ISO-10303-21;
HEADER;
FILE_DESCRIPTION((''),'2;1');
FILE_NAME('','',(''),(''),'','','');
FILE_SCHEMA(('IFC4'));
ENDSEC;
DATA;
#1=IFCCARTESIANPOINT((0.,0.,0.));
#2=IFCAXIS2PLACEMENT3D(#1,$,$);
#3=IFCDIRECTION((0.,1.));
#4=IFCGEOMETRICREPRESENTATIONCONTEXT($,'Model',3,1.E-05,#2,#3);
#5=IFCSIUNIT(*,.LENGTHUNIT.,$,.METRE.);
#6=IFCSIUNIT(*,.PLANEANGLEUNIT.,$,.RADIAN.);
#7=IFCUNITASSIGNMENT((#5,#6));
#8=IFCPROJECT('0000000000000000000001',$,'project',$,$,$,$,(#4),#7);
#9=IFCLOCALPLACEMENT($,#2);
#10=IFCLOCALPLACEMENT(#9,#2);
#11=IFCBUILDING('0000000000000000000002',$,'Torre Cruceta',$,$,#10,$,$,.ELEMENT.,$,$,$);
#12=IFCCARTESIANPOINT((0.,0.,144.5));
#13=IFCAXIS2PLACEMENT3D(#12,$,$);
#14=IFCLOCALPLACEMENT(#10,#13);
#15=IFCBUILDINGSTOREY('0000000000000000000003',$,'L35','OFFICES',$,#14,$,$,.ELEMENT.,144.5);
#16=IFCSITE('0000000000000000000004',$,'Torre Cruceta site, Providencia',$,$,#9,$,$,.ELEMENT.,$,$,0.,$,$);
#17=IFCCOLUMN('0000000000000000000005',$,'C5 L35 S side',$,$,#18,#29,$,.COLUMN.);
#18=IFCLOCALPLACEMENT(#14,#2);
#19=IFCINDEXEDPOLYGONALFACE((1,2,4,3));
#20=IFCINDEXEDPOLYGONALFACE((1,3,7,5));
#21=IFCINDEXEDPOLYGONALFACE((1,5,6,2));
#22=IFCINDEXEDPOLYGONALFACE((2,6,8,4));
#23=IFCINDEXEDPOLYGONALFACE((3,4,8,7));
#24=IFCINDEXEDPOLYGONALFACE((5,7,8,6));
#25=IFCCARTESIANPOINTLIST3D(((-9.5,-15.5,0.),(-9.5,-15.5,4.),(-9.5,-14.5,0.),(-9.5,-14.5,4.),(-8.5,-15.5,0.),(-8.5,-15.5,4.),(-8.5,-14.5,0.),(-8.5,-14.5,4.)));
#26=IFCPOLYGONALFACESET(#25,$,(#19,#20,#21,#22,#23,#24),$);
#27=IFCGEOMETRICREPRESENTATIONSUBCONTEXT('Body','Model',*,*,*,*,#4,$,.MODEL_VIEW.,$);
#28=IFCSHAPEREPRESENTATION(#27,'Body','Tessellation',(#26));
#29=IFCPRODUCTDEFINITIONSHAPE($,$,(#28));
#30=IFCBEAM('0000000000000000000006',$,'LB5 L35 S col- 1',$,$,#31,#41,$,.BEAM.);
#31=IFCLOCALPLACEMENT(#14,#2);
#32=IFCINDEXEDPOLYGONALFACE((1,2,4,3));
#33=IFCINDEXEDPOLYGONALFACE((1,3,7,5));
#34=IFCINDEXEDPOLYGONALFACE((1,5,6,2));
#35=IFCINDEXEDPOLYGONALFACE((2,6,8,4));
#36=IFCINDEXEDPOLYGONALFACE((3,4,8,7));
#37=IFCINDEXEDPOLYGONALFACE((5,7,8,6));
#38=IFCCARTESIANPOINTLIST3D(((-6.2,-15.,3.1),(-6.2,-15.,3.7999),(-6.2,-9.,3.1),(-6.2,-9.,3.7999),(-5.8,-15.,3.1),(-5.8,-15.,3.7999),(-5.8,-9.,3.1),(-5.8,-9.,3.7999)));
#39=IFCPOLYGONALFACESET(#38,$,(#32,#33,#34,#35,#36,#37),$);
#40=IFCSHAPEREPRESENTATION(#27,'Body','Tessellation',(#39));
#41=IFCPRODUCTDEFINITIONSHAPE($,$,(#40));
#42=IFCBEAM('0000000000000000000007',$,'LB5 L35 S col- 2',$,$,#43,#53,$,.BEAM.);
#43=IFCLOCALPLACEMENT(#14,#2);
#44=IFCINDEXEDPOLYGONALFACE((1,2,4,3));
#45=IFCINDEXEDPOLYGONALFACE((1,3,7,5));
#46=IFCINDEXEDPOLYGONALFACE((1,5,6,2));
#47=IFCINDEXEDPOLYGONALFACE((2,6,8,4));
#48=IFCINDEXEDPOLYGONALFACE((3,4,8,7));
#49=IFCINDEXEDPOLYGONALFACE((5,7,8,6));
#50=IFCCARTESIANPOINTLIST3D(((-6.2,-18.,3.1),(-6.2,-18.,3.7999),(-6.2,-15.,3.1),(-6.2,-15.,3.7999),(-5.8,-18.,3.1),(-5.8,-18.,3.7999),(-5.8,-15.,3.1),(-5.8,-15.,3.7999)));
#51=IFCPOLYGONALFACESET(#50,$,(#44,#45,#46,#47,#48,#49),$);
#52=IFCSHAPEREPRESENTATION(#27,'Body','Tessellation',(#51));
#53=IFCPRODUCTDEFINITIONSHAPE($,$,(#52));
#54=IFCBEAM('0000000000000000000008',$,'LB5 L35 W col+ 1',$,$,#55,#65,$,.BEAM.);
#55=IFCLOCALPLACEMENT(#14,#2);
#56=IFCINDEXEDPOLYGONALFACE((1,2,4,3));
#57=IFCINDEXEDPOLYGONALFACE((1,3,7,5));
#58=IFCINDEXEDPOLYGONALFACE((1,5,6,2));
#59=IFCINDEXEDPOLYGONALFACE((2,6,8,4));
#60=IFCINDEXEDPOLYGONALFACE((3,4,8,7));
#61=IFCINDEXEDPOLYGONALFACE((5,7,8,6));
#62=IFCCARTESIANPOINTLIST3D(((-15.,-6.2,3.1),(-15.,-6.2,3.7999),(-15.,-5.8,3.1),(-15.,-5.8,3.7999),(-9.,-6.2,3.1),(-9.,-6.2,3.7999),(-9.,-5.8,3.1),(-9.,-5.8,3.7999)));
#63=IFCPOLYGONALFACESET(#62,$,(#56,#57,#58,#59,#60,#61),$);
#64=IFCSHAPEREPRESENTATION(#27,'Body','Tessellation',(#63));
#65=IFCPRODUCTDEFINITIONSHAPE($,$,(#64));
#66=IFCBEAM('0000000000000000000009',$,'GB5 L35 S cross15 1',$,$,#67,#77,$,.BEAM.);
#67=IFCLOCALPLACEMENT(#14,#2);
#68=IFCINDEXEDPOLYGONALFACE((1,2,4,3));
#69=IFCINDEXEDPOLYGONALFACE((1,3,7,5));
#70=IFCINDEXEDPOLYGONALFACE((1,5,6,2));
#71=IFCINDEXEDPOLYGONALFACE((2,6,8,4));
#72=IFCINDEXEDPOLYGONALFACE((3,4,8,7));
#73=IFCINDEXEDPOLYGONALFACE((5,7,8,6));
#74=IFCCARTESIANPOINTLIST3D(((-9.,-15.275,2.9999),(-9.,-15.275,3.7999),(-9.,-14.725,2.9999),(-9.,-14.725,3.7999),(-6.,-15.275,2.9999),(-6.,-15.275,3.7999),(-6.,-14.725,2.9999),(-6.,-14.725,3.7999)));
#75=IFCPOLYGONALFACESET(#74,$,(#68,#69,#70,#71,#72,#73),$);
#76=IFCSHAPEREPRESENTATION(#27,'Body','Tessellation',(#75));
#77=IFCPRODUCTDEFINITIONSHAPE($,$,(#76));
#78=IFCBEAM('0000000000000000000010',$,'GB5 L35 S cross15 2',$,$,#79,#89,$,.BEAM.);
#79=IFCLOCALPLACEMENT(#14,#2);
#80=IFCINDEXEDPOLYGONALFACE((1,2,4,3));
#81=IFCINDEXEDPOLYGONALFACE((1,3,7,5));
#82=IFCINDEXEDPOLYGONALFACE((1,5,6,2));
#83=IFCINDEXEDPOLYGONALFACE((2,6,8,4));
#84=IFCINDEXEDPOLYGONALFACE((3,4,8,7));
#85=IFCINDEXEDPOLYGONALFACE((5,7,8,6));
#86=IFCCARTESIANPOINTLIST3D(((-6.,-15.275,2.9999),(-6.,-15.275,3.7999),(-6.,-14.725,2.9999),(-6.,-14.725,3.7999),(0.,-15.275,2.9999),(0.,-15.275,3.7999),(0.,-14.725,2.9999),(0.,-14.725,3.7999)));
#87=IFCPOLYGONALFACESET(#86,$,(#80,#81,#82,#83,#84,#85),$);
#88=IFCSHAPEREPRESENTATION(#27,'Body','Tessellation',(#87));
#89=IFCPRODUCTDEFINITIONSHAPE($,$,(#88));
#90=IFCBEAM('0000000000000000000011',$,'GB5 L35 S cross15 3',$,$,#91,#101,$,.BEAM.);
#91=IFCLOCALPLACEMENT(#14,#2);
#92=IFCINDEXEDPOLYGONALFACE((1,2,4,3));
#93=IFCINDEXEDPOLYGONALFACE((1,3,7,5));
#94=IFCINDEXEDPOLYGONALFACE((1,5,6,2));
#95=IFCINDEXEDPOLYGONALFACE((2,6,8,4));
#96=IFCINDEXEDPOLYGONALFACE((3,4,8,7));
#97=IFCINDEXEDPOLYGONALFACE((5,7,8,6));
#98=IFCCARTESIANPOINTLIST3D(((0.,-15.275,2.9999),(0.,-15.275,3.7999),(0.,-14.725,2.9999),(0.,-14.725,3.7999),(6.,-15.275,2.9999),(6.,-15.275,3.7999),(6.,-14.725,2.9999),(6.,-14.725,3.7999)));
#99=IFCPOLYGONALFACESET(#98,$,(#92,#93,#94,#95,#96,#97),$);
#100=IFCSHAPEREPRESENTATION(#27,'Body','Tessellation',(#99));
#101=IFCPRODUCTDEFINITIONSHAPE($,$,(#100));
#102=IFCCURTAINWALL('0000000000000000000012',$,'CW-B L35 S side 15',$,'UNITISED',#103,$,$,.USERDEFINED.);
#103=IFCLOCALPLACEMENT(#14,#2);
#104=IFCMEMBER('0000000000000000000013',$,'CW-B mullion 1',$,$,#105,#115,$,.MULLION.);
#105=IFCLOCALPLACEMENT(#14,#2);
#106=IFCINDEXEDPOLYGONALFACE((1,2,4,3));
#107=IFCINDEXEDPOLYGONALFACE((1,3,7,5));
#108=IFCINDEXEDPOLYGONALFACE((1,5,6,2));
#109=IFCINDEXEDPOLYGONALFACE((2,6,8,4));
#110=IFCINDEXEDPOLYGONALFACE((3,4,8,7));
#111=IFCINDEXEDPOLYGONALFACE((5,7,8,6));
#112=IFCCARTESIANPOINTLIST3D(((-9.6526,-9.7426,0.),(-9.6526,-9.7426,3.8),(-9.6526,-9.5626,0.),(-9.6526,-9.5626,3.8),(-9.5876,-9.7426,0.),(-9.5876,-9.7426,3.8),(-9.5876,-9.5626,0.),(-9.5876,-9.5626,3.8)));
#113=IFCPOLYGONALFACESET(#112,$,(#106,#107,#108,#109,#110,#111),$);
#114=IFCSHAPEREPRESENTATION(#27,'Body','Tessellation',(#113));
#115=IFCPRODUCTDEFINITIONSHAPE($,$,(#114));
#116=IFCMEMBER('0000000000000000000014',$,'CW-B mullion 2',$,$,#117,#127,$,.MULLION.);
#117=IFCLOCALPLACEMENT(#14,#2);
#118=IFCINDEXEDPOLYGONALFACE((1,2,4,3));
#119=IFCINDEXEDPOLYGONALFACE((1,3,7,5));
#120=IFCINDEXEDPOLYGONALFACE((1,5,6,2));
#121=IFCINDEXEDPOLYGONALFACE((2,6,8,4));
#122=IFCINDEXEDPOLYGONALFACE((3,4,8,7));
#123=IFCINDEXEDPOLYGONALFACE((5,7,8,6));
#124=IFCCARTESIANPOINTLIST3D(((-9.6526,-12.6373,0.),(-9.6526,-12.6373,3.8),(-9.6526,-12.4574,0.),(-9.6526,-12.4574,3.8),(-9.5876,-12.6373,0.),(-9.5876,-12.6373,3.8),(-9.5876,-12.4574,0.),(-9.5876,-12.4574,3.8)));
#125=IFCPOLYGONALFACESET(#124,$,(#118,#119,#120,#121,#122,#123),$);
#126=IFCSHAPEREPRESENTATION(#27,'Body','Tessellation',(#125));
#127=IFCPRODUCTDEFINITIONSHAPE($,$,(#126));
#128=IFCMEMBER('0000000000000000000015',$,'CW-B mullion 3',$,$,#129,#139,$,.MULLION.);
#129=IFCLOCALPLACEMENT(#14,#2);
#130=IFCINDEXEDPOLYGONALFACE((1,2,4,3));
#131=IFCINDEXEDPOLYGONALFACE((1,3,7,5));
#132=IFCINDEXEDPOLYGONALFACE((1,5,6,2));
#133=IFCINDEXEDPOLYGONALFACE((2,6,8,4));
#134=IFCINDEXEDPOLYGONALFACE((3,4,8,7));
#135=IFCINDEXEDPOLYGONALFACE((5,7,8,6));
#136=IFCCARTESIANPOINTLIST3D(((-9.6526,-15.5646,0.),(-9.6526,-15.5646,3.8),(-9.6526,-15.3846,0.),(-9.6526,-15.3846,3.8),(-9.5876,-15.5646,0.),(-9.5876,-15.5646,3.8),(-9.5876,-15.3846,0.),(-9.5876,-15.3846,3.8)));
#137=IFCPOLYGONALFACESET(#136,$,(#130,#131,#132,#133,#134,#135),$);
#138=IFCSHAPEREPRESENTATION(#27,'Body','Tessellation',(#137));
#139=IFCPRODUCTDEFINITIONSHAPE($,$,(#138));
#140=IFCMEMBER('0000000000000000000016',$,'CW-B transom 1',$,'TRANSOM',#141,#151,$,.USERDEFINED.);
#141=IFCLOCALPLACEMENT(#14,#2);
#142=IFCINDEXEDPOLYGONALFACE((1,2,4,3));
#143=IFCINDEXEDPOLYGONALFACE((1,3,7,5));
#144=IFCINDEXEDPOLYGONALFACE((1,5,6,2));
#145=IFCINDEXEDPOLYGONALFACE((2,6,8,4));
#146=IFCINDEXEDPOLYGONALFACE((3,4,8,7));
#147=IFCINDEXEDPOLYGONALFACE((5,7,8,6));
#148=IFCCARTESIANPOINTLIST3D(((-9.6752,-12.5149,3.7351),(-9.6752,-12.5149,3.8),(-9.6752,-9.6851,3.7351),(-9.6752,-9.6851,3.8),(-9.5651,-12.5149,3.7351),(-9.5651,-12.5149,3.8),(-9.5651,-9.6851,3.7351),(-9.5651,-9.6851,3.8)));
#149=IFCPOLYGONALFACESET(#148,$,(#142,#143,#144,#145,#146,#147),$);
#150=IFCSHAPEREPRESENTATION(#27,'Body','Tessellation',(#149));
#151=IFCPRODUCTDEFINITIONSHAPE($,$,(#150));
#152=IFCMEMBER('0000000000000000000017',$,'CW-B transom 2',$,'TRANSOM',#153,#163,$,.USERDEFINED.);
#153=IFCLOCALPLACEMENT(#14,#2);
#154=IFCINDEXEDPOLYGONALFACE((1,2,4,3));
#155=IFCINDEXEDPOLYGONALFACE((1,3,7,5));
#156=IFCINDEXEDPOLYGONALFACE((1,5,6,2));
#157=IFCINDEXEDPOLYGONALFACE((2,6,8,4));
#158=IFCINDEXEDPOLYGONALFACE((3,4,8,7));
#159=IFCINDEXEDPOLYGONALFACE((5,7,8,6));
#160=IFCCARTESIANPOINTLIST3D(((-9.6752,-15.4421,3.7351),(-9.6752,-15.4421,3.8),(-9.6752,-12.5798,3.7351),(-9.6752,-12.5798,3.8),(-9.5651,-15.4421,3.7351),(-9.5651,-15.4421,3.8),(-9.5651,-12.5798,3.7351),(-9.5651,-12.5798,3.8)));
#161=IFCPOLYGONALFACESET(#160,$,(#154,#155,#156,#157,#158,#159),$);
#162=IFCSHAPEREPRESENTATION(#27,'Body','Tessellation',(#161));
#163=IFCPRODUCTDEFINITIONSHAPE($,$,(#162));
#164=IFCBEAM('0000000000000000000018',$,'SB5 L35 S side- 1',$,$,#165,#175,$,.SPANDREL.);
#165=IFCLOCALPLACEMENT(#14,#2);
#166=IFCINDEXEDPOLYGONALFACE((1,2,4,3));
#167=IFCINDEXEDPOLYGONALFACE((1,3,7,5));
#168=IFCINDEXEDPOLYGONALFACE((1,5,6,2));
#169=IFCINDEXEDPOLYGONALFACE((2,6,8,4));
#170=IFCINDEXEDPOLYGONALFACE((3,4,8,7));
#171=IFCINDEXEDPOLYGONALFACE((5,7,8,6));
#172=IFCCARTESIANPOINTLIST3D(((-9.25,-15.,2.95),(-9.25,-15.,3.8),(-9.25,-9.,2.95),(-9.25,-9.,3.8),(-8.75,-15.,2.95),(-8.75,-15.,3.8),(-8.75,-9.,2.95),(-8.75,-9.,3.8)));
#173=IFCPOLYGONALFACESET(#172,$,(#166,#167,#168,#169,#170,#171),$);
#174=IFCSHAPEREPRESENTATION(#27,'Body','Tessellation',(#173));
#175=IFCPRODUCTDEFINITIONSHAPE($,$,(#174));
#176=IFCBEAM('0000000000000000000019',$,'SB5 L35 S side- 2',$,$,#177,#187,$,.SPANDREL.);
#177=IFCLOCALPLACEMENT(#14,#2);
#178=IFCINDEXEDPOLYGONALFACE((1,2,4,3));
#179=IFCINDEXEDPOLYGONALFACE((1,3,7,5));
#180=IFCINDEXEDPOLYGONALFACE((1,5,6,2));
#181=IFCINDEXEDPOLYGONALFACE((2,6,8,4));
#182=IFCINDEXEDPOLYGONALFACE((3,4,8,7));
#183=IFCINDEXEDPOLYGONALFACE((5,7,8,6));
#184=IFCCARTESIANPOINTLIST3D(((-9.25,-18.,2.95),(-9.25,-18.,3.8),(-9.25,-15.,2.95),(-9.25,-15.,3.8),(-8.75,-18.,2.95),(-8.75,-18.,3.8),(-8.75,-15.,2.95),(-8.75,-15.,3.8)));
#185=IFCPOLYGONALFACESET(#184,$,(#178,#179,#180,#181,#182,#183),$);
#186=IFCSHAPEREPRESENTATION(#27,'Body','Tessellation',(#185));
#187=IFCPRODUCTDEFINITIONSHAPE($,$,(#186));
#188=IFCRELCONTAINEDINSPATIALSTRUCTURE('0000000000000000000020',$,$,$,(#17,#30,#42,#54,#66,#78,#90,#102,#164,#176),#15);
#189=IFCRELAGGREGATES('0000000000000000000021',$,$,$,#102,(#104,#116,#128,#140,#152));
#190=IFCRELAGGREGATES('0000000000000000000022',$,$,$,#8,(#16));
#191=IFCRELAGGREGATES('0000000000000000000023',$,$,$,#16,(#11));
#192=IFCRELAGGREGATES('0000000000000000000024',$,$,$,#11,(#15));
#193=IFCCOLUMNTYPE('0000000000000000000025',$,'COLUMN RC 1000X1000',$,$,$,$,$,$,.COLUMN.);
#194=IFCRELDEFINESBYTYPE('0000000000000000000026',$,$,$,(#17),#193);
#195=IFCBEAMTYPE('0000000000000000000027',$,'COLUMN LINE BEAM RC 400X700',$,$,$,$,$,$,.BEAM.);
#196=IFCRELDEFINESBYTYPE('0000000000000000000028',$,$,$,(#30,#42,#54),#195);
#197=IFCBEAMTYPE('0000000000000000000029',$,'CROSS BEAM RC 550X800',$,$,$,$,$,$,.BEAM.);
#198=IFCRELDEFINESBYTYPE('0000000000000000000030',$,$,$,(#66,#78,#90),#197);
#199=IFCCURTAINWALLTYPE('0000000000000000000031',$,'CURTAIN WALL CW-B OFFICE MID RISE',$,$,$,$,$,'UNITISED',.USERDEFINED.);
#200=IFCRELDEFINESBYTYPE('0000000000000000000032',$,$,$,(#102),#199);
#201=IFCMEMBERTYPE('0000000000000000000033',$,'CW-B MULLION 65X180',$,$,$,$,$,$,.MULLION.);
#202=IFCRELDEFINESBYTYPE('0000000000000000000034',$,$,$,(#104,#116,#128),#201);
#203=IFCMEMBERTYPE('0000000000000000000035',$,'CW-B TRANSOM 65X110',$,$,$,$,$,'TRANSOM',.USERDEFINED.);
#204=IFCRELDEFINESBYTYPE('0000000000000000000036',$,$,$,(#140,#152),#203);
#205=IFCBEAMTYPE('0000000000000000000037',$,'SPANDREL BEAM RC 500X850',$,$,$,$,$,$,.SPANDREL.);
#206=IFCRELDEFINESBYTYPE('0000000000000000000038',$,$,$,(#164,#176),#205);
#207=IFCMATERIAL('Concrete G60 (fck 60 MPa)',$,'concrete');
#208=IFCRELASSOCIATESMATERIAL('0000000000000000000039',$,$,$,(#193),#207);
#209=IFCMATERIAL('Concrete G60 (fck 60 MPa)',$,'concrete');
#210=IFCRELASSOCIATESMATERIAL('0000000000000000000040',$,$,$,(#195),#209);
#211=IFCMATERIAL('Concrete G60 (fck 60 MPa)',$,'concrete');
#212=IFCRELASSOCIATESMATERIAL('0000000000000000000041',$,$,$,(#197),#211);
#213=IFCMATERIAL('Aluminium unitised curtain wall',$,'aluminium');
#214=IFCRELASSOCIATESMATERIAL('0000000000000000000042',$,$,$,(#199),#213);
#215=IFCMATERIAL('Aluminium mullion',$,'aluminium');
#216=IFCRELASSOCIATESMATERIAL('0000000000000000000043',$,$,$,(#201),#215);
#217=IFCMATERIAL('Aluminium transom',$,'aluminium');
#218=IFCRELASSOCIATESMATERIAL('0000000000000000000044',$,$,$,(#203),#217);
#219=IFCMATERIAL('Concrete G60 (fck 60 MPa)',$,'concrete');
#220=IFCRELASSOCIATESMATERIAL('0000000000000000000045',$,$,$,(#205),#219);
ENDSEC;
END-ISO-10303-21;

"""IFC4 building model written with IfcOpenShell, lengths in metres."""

from ifc_helpers import new_model, si_unit, direction, frame, origin, origin_2d, place, context, subcontext, project, spatial, rectangle, extrude, material, material_profile, profile_set, type_object, element, aggregate, save


model = new_model("IFC4")

# Units and contexts
model_context = context("Model", 3, precision=1e-05, world=origin(), true_north=direction((0.0, 1.0)))
body_context = subcontext(model_context, "Body", "Model", "MODEL_VIEW")
ifc_project = project(units=[si_unit("LENGTHUNIT", "METRE"), si_unit("PLANEANGLEUNIT", "RADIAN")], contexts=[model_context])

# Site, building, storey
site_placement = place(None, origin())
site = spatial("IfcSite", under=ifc_project, at=site_placement, Name="Torre Cruceta site, Providencia", CompositionType="ELEMENT", RefElevation=0.0)
building_placement = place(site_placement, origin())
building = spatial("IfcBuilding", under=site, at=building_placement, Name="Torre Cruceta", CompositionType="ELEMENT")
storey_placement = place(building_placement, frame((0.0, 0.0, 144.5)))
storey = spatial("IfcBuildingStorey", under=building, at=storey_placement, Name="L35", Description="OFFICES", CompositionType="ELEMENT", Elevation=144.5)

# Column
ifc_material_1 = material(Name="Concrete G60 (fck 60 MPa)", Category="concrete")
ifc_material_profile_1 = material_profile(ifc_material_1, rectangle(XDim=1.0, YDim=1.0, at=origin_2d()), Name="RC 1000X1000")
ifc_profile_set_1 = profile_set([ifc_material_profile_1], Name="Concrete G60 (fck 60 MPa)")
column_type = type_object("IfcColumnType", Name="COLUMN RC 1000X1000", PredefinedType="COLUMN", material=ifc_profile_set_1)
column_placement = place(storey_placement, frame((-9.0, -15.0, 0.0), z_axis=(0.0, 0.0, 1.0), x_axis=(1.0, 0.0, 0.0)))
element("IfcColumn", 1, at=column_placement, inside=storey, type_object=column_type, Name="C5 L35 S side", PredefinedType="COLUMN", context=body_context, shape_type="SweptSolid", body=[
    extrude(rectangle(XDim=1.0, YDim=1.0, at=origin_2d()), origin(), (0.0, 0.0, 1.0), 4.0),
])

# Beams
ifc_material_2 = material(Name="Concrete G60 (fck 60 MPa)", Category="concrete")
ifc_material_profile_2 = material_profile(ifc_material_2, rectangle(XDim=0.3999, YDim=0.7, at=origin_2d()), Name="RC 400X700")
ifc_profile_set_2 = profile_set([ifc_material_profile_2], Name="Concrete G60 (fck 60 MPa)")
beam_type_1 = type_object("IfcBeamType", Name="COLUMN LINE BEAM RC 400X700", PredefinedType="BEAM", material=ifc_profile_set_2)
beam_1_placement = place(storey_placement, frame((-6.0, -9.0, 3.45), z_axis=(0.0, -1.0, 0.0), x_axis=(1.0, 0.0, 0.0)))
element("IfcBeam", 2, at=beam_1_placement, inside=storey, type_object=beam_type_1, Name="LB5 L35 S col- 1", PredefinedType="BEAM", context=body_context, shape_type="SweptSolid", body=[
    extrude(rectangle(XDim=0.3999, YDim=0.7, at=origin_2d()), origin(), (0.0, 0.0, 1.0), 6.0),
])
beam_2_placement = place(storey_placement, frame((-6.0, -15.0, 3.45), z_axis=(0.0, -1.0, 0.0), x_axis=(1.0, 0.0, 0.0)))
element("IfcBeam", 3, at=beam_2_placement, inside=storey, type_object=beam_type_1, Name="LB5 L35 S col- 2", PredefinedType="BEAM", context=body_context, shape_type="SweptSolid", body=[
    extrude(rectangle(XDim=0.3999, YDim=0.7, at=origin_2d()), origin(), (0.0, 0.0, 1.0), 3.0),
])
beam_3_placement = place(storey_placement, frame((-9.0, -6.0, 3.45), z_axis=(-1.0, 0.0, 0.0), x_axis=(0.0, -1.0, 0.0)))
element("IfcBeam", 4, at=beam_3_placement, inside=storey, type_object=beam_type_1, Name="LB5 L35 W col+ 1", PredefinedType="BEAM", context=body_context, shape_type="SweptSolid", body=[
    extrude(rectangle(XDim=0.3999, YDim=0.7, at=origin_2d()), origin(), (0.0, 0.0, 1.0), 6.0),
])
ifc_material_3 = material(Name="Concrete G60 (fck 60 MPa)", Category="concrete")
ifc_material_profile_3 = material_profile(ifc_material_3, rectangle(XDim=0.55, YDim=0.8, at=origin_2d()), Name="RC 550X800")
ifc_profile_set_3 = profile_set([ifc_material_profile_3], Name="Concrete G60 (fck 60 MPa)")
beam_type_2 = type_object("IfcBeamType", Name="CROSS BEAM RC 550X800", PredefinedType="BEAM", material=ifc_profile_set_3)
beam_4_placement = place(storey_placement, frame((-9.0, -15.0, 3.3999), z_axis=(1.0, 0.0, 0.0), x_axis=(0.0, 1.0, 0.0)))
element("IfcBeam", 5, at=beam_4_placement, inside=storey, type_object=beam_type_2, Name="GB5 L35 S cross15 1", PredefinedType="BEAM", context=body_context, shape_type="SweptSolid", body=[
    extrude(rectangle(XDim=0.55, YDim=0.8, at=origin_2d()), origin(), (0.0, 0.0, 1.0), 3.0),
])
for number, where, z_axis, x_axis, name in (
    (6, (-6.0, -15.0, 3.3999), (1.0, 0.0, 0.0), (0.0, 1.0, 0.0), "GB5 L35 S cross15 2"),
    (7, (0.0, -15.0, 3.3999), (1.0, 0.0, 0.0), (0.0, 1.0, 0.0), "GB5 L35 S cross15 3"),
):
    element("IfcBeam", number, at=place(storey_placement, frame(where, z_axis=z_axis, x_axis=x_axis)), inside=storey, type_object=beam_type_2, Name=name, PredefinedType="BEAM", context=body_context, shape_type="SweptSolid", body=[
        extrude(rectangle(XDim=0.55, YDim=0.8, at=origin_2d()), origin(), (0.0, 0.0, 1.0), 6.0),
    ])

# Curtain wall, members
ifc_material_4 = material(Name="Aluminium unitised curtain wall", Category="aluminium")
curtain_wall_type = type_object("IfcCurtainWallType", Name="CURTAIN WALL CW-B OFFICE MID RISE", ElementType="UNITISED", PredefinedType="USERDEFINED", material=ifc_material_4)
curtain_wall_placement = place(storey_placement, origin())
curtain_wall = element("IfcCurtainWall", 8, at=curtain_wall_placement, inside=storey, type_object=curtain_wall_type, Name="CW-B L35 S side 15", ObjectType="UNITISED", PredefinedType="USERDEFINED")
ifc_material_5 = material(Name="Aluminium mullion", Category="aluminium")
ifc_material_profile_4 = material_profile(ifc_material_5, rectangle(XDim=0.0649, YDim=0.1799, at=origin_2d()), Name="AL 65X180")
ifc_profile_set_4 = profile_set([ifc_material_profile_4], Name="Aluminium mullion")
member_type_1 = type_object("IfcMemberType", Name="CW-B MULLION 65X180", PredefinedType="MULLION", material=ifc_profile_set_4)
member_1_placement = place(storey_placement, frame((-9.6201, -9.6526, 0.0), z_axis=(0.0, 0.0, 1.0), x_axis=(1.0, 0.0, 0.0)))
member_1 = element("IfcMember", 9, at=member_1_placement, type_object=member_type_1, Name="CW-B mullion 1", PredefinedType="MULLION", context=body_context, shape_type="SweptSolid", body=[
    extrude(rectangle(XDim=0.0649, YDim=0.1799, at=origin_2d()), origin(), (0.0, 0.0, 1.0), 3.8),
])
member_2_placement = place(storey_placement, frame((-9.6201, -12.5474, 0.0), z_axis=(0.0, 0.0, 1.0), x_axis=(1.0, 0.0, 0.0)))
member_2 = element("IfcMember", 10, at=member_2_placement, type_object=member_type_1, Name="CW-B mullion 2", PredefinedType="MULLION", context=body_context, shape_type="SweptSolid", body=[
    extrude(rectangle(XDim=0.0649, YDim=0.1799, at=origin_2d()), origin(), (0.0, 0.0, 1.0), 3.8),
])
member_3_placement = place(storey_placement, frame((-9.6201, -15.4746, 0.0), z_axis=(0.0, 0.0, 1.0), x_axis=(1.0, 0.0, 0.0)))
member_3 = element("IfcMember", 11, at=member_3_placement, type_object=member_type_1, Name="CW-B mullion 3", PredefinedType="MULLION", context=body_context, shape_type="SweptSolid", body=[
    extrude(rectangle(XDim=0.0649, YDim=0.1799, at=origin_2d()), origin(), (0.0, 0.0, 1.0), 3.8),
])
ifc_material_6 = material(Name="Aluminium transom", Category="aluminium")
ifc_material_profile_5 = material_profile(ifc_material_6, rectangle(XDim=0.1101, YDim=0.0649, at=origin_2d()), Name="AL 110X65")
ifc_profile_set_5 = profile_set([ifc_material_profile_5], Name="Aluminium transom")
member_type_2 = type_object("IfcMemberType", Name="CW-B TRANSOM 65X110", ElementType="TRANSOM", PredefinedType="USERDEFINED", material=ifc_profile_set_5)
member_4_placement = place(storey_placement, frame((-9.6201, -9.6851, 3.7676), z_axis=(0.0, -1.0, 0.0), x_axis=(1.0, 0.0, 0.0)))
member_4 = element("IfcMember", 12, at=member_4_placement, type_object=member_type_2, Name="CW-B transom 1", ObjectType="TRANSOM", PredefinedType="USERDEFINED", context=body_context, shape_type="SweptSolid", body=[
    extrude(rectangle(XDim=0.1101, YDim=0.0649, at=origin_2d()), origin(), (0.0, 0.0, 1.0), 2.8298),
])
member_5_placement = place(storey_placement, frame((-9.6201, -12.5798, 3.7676), z_axis=(0.0, -1.0, 0.0), x_axis=(1.0, 0.0, 0.0)))
member_5 = element("IfcMember", 13, at=member_5_placement, type_object=member_type_2, Name="CW-B transom 2", ObjectType="TRANSOM", PredefinedType="USERDEFINED", context=body_context, shape_type="SweptSolid", body=[
    extrude(rectangle(XDim=0.1101, YDim=0.0649, at=origin_2d()), origin(), (0.0, 0.0, 1.0), 2.8623),
])

# Beams
ifc_material_7 = material(Name="Concrete G60 (fck 60 MPa)", Category="concrete")
ifc_material_profile_6 = material_profile(ifc_material_7, rectangle(XDim=0.5, YDim=0.8501, at=origin_2d()), Name="RC 500X850")
ifc_profile_set_6 = profile_set([ifc_material_profile_6], Name="Concrete G60 (fck 60 MPa)")
beam_type_3 = type_object("IfcBeamType", Name="SPANDREL BEAM RC 500X850", PredefinedType="SPANDREL", material=ifc_profile_set_6)
beam_5_placement = place(storey_placement, frame((-9.0, -9.0, 3.375), z_axis=(0.0, -1.0, 0.0), x_axis=(1.0, 0.0, 0.0)))
element("IfcBeam", 14, at=beam_5_placement, inside=storey, type_object=beam_type_3, Name="SB5 L35 S side- 1", PredefinedType="SPANDREL", context=body_context, shape_type="SweptSolid", body=[
    extrude(rectangle(XDim=0.5, YDim=0.8501, at=origin_2d()), origin(), (0.0, 0.0, 1.0), 6.0),
])
beam_6_placement = place(storey_placement, frame((-9.0, -15.0, 3.375), z_axis=(0.0, -1.0, 0.0), x_axis=(1.0, 0.0, 0.0)))
element("IfcBeam", 15, at=beam_6_placement, inside=storey, type_object=beam_type_3, Name="SB5 L35 S side- 2", PredefinedType="SPANDREL", context=body_context, shape_type="SweptSolid", body=[
    extrude(rectangle(XDim=0.5, YDim=0.8501, at=origin_2d()), origin(), (0.0, 0.0, 1.0), 3.0),
])

aggregate(curtain_wall, [member_1, member_2, member_3, member_4, member_5])

save(model, "model.ifc")
